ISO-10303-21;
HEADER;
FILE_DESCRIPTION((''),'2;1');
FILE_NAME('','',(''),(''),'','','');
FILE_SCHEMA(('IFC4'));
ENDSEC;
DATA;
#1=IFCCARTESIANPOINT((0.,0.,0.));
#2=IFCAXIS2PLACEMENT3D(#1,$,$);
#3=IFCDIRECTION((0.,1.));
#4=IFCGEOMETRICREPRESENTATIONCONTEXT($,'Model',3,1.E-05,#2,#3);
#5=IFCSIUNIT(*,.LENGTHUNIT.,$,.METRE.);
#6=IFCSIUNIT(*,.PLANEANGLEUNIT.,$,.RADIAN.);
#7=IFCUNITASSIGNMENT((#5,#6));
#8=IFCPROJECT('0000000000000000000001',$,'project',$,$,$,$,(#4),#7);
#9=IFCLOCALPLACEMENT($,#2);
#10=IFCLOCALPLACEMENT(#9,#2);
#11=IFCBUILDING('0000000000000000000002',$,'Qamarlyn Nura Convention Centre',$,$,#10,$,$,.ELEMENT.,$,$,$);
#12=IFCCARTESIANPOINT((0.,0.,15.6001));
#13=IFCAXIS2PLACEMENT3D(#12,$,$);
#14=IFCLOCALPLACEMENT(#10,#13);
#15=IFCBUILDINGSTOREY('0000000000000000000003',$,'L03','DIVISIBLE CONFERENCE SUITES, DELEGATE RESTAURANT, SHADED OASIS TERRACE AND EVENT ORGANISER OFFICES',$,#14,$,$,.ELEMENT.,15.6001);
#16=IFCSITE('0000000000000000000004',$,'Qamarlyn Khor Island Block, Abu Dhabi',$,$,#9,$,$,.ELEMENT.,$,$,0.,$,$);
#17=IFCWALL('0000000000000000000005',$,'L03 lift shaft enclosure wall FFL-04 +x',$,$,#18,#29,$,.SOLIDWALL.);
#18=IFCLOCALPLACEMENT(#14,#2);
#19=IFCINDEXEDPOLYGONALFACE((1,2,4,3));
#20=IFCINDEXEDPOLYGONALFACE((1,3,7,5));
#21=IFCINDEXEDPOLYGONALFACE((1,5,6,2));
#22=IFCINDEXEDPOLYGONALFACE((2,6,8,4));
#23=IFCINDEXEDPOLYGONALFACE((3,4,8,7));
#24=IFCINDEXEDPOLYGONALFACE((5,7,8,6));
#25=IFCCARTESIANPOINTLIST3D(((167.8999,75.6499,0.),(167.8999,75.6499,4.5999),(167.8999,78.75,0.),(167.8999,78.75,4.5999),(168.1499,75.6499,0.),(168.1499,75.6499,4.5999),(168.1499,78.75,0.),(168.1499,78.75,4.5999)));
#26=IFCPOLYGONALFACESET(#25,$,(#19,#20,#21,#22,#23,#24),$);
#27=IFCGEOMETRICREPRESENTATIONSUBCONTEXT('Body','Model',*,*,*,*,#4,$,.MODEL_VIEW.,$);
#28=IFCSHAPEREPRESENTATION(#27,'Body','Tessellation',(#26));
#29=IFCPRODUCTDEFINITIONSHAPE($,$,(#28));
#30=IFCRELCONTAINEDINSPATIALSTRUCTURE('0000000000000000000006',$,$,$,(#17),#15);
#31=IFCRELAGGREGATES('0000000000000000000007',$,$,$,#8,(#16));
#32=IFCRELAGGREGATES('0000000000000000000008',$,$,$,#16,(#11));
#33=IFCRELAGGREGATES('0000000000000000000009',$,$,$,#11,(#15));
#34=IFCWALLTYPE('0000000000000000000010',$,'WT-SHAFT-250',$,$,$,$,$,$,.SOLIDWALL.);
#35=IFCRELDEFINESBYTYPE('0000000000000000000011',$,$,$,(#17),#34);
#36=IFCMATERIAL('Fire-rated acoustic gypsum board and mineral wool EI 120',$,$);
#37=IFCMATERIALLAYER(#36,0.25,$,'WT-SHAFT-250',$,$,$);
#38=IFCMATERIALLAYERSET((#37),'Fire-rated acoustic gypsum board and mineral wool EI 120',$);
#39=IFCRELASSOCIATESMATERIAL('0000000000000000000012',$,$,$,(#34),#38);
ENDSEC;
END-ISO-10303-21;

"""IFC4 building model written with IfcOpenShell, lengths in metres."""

from ifc_helpers import new_model, si_unit, direction, frame, frame_2d, origin, place, context, subcontext, project, spatial, rectangle, extrude, material, layer, layer_set, type_object, element, save


model = new_model("IFC4")

# Units and contexts
model_context = context("Model", 3, precision=1e-05, world=origin(), true_north=direction((0.0, 1.0)))
body_context = subcontext(model_context, "Body", "Model", "MODEL_VIEW")
ifc_project = project(units=[si_unit("LENGTHUNIT", "METRE"), si_unit("PLANEANGLEUNIT", "RADIAN")], contexts=[model_context])

# Site, building, storey
site_placement = place(None, origin())
site = spatial("IfcSite", under=ifc_project, at=site_placement, Name="Qamarlyn Khor Island Block, Abu Dhabi", CompositionType="ELEMENT", RefElevation=0.0)
building_placement = place(site_placement, origin())
building = spatial("IfcBuilding", under=site, at=building_placement, Name="Qamarlyn Nura Convention Centre", CompositionType="ELEMENT")
storey_placement = place(building_placement, frame((0.0, 0.0, 15.6001)))
storey = spatial("IfcBuildingStorey", under=building, at=storey_placement, Name="L03", Description="DIVISIBLE CONFERENCE SUITES, DELEGATE RESTAURANT, SHADED OASIS TERRACE AND EVENT ORGANISER OFFICES", CompositionType="ELEMENT", Elevation=15.6001)

# Shared definitions
ifc_material_1 = material(Name="Fire-rated acoustic gypsum board and mineral wool EI 120")

# Shared definitions
ifc_layer_1 = layer(ifc_material_1, 0.25, Name="WT-SHAFT-250")
ifc_layer_set_1 = layer_set([ifc_layer_1], Name="Fire-rated acoustic gypsum board and mineral wool EI 120")
wall_type_1 = type_object("IfcWallType", Name="WT-SHAFT-250", PredefinedType="SOLIDWALL", material=ifc_layer_set_1)

# Wall
for number, where, z_axis, x_axis, name in (
    (1, (168.0249, 75.6499, 0.0), (0.0, 0.0, 1.0), (0.0, 1.0, 0.0), "L03 lift shaft enclosure wall FFL-04 +x"),
):
    element("IfcWall", number, at=place(storey_placement, frame(where, z_axis=z_axis, x_axis=x_axis)), inside=storey, type_object=wall_type_1, Name=name, PredefinedType="SOLIDWALL", context=body_context, shape_type="SweptSolid", body=[
        extrude(rectangle(XDim=3.1001, YDim=0.25, at=frame_2d((1.55, 0.0))), origin(), (0.0, 0.0, 1.0), 4.5999),
    ])

save(model, "model.ifc")
